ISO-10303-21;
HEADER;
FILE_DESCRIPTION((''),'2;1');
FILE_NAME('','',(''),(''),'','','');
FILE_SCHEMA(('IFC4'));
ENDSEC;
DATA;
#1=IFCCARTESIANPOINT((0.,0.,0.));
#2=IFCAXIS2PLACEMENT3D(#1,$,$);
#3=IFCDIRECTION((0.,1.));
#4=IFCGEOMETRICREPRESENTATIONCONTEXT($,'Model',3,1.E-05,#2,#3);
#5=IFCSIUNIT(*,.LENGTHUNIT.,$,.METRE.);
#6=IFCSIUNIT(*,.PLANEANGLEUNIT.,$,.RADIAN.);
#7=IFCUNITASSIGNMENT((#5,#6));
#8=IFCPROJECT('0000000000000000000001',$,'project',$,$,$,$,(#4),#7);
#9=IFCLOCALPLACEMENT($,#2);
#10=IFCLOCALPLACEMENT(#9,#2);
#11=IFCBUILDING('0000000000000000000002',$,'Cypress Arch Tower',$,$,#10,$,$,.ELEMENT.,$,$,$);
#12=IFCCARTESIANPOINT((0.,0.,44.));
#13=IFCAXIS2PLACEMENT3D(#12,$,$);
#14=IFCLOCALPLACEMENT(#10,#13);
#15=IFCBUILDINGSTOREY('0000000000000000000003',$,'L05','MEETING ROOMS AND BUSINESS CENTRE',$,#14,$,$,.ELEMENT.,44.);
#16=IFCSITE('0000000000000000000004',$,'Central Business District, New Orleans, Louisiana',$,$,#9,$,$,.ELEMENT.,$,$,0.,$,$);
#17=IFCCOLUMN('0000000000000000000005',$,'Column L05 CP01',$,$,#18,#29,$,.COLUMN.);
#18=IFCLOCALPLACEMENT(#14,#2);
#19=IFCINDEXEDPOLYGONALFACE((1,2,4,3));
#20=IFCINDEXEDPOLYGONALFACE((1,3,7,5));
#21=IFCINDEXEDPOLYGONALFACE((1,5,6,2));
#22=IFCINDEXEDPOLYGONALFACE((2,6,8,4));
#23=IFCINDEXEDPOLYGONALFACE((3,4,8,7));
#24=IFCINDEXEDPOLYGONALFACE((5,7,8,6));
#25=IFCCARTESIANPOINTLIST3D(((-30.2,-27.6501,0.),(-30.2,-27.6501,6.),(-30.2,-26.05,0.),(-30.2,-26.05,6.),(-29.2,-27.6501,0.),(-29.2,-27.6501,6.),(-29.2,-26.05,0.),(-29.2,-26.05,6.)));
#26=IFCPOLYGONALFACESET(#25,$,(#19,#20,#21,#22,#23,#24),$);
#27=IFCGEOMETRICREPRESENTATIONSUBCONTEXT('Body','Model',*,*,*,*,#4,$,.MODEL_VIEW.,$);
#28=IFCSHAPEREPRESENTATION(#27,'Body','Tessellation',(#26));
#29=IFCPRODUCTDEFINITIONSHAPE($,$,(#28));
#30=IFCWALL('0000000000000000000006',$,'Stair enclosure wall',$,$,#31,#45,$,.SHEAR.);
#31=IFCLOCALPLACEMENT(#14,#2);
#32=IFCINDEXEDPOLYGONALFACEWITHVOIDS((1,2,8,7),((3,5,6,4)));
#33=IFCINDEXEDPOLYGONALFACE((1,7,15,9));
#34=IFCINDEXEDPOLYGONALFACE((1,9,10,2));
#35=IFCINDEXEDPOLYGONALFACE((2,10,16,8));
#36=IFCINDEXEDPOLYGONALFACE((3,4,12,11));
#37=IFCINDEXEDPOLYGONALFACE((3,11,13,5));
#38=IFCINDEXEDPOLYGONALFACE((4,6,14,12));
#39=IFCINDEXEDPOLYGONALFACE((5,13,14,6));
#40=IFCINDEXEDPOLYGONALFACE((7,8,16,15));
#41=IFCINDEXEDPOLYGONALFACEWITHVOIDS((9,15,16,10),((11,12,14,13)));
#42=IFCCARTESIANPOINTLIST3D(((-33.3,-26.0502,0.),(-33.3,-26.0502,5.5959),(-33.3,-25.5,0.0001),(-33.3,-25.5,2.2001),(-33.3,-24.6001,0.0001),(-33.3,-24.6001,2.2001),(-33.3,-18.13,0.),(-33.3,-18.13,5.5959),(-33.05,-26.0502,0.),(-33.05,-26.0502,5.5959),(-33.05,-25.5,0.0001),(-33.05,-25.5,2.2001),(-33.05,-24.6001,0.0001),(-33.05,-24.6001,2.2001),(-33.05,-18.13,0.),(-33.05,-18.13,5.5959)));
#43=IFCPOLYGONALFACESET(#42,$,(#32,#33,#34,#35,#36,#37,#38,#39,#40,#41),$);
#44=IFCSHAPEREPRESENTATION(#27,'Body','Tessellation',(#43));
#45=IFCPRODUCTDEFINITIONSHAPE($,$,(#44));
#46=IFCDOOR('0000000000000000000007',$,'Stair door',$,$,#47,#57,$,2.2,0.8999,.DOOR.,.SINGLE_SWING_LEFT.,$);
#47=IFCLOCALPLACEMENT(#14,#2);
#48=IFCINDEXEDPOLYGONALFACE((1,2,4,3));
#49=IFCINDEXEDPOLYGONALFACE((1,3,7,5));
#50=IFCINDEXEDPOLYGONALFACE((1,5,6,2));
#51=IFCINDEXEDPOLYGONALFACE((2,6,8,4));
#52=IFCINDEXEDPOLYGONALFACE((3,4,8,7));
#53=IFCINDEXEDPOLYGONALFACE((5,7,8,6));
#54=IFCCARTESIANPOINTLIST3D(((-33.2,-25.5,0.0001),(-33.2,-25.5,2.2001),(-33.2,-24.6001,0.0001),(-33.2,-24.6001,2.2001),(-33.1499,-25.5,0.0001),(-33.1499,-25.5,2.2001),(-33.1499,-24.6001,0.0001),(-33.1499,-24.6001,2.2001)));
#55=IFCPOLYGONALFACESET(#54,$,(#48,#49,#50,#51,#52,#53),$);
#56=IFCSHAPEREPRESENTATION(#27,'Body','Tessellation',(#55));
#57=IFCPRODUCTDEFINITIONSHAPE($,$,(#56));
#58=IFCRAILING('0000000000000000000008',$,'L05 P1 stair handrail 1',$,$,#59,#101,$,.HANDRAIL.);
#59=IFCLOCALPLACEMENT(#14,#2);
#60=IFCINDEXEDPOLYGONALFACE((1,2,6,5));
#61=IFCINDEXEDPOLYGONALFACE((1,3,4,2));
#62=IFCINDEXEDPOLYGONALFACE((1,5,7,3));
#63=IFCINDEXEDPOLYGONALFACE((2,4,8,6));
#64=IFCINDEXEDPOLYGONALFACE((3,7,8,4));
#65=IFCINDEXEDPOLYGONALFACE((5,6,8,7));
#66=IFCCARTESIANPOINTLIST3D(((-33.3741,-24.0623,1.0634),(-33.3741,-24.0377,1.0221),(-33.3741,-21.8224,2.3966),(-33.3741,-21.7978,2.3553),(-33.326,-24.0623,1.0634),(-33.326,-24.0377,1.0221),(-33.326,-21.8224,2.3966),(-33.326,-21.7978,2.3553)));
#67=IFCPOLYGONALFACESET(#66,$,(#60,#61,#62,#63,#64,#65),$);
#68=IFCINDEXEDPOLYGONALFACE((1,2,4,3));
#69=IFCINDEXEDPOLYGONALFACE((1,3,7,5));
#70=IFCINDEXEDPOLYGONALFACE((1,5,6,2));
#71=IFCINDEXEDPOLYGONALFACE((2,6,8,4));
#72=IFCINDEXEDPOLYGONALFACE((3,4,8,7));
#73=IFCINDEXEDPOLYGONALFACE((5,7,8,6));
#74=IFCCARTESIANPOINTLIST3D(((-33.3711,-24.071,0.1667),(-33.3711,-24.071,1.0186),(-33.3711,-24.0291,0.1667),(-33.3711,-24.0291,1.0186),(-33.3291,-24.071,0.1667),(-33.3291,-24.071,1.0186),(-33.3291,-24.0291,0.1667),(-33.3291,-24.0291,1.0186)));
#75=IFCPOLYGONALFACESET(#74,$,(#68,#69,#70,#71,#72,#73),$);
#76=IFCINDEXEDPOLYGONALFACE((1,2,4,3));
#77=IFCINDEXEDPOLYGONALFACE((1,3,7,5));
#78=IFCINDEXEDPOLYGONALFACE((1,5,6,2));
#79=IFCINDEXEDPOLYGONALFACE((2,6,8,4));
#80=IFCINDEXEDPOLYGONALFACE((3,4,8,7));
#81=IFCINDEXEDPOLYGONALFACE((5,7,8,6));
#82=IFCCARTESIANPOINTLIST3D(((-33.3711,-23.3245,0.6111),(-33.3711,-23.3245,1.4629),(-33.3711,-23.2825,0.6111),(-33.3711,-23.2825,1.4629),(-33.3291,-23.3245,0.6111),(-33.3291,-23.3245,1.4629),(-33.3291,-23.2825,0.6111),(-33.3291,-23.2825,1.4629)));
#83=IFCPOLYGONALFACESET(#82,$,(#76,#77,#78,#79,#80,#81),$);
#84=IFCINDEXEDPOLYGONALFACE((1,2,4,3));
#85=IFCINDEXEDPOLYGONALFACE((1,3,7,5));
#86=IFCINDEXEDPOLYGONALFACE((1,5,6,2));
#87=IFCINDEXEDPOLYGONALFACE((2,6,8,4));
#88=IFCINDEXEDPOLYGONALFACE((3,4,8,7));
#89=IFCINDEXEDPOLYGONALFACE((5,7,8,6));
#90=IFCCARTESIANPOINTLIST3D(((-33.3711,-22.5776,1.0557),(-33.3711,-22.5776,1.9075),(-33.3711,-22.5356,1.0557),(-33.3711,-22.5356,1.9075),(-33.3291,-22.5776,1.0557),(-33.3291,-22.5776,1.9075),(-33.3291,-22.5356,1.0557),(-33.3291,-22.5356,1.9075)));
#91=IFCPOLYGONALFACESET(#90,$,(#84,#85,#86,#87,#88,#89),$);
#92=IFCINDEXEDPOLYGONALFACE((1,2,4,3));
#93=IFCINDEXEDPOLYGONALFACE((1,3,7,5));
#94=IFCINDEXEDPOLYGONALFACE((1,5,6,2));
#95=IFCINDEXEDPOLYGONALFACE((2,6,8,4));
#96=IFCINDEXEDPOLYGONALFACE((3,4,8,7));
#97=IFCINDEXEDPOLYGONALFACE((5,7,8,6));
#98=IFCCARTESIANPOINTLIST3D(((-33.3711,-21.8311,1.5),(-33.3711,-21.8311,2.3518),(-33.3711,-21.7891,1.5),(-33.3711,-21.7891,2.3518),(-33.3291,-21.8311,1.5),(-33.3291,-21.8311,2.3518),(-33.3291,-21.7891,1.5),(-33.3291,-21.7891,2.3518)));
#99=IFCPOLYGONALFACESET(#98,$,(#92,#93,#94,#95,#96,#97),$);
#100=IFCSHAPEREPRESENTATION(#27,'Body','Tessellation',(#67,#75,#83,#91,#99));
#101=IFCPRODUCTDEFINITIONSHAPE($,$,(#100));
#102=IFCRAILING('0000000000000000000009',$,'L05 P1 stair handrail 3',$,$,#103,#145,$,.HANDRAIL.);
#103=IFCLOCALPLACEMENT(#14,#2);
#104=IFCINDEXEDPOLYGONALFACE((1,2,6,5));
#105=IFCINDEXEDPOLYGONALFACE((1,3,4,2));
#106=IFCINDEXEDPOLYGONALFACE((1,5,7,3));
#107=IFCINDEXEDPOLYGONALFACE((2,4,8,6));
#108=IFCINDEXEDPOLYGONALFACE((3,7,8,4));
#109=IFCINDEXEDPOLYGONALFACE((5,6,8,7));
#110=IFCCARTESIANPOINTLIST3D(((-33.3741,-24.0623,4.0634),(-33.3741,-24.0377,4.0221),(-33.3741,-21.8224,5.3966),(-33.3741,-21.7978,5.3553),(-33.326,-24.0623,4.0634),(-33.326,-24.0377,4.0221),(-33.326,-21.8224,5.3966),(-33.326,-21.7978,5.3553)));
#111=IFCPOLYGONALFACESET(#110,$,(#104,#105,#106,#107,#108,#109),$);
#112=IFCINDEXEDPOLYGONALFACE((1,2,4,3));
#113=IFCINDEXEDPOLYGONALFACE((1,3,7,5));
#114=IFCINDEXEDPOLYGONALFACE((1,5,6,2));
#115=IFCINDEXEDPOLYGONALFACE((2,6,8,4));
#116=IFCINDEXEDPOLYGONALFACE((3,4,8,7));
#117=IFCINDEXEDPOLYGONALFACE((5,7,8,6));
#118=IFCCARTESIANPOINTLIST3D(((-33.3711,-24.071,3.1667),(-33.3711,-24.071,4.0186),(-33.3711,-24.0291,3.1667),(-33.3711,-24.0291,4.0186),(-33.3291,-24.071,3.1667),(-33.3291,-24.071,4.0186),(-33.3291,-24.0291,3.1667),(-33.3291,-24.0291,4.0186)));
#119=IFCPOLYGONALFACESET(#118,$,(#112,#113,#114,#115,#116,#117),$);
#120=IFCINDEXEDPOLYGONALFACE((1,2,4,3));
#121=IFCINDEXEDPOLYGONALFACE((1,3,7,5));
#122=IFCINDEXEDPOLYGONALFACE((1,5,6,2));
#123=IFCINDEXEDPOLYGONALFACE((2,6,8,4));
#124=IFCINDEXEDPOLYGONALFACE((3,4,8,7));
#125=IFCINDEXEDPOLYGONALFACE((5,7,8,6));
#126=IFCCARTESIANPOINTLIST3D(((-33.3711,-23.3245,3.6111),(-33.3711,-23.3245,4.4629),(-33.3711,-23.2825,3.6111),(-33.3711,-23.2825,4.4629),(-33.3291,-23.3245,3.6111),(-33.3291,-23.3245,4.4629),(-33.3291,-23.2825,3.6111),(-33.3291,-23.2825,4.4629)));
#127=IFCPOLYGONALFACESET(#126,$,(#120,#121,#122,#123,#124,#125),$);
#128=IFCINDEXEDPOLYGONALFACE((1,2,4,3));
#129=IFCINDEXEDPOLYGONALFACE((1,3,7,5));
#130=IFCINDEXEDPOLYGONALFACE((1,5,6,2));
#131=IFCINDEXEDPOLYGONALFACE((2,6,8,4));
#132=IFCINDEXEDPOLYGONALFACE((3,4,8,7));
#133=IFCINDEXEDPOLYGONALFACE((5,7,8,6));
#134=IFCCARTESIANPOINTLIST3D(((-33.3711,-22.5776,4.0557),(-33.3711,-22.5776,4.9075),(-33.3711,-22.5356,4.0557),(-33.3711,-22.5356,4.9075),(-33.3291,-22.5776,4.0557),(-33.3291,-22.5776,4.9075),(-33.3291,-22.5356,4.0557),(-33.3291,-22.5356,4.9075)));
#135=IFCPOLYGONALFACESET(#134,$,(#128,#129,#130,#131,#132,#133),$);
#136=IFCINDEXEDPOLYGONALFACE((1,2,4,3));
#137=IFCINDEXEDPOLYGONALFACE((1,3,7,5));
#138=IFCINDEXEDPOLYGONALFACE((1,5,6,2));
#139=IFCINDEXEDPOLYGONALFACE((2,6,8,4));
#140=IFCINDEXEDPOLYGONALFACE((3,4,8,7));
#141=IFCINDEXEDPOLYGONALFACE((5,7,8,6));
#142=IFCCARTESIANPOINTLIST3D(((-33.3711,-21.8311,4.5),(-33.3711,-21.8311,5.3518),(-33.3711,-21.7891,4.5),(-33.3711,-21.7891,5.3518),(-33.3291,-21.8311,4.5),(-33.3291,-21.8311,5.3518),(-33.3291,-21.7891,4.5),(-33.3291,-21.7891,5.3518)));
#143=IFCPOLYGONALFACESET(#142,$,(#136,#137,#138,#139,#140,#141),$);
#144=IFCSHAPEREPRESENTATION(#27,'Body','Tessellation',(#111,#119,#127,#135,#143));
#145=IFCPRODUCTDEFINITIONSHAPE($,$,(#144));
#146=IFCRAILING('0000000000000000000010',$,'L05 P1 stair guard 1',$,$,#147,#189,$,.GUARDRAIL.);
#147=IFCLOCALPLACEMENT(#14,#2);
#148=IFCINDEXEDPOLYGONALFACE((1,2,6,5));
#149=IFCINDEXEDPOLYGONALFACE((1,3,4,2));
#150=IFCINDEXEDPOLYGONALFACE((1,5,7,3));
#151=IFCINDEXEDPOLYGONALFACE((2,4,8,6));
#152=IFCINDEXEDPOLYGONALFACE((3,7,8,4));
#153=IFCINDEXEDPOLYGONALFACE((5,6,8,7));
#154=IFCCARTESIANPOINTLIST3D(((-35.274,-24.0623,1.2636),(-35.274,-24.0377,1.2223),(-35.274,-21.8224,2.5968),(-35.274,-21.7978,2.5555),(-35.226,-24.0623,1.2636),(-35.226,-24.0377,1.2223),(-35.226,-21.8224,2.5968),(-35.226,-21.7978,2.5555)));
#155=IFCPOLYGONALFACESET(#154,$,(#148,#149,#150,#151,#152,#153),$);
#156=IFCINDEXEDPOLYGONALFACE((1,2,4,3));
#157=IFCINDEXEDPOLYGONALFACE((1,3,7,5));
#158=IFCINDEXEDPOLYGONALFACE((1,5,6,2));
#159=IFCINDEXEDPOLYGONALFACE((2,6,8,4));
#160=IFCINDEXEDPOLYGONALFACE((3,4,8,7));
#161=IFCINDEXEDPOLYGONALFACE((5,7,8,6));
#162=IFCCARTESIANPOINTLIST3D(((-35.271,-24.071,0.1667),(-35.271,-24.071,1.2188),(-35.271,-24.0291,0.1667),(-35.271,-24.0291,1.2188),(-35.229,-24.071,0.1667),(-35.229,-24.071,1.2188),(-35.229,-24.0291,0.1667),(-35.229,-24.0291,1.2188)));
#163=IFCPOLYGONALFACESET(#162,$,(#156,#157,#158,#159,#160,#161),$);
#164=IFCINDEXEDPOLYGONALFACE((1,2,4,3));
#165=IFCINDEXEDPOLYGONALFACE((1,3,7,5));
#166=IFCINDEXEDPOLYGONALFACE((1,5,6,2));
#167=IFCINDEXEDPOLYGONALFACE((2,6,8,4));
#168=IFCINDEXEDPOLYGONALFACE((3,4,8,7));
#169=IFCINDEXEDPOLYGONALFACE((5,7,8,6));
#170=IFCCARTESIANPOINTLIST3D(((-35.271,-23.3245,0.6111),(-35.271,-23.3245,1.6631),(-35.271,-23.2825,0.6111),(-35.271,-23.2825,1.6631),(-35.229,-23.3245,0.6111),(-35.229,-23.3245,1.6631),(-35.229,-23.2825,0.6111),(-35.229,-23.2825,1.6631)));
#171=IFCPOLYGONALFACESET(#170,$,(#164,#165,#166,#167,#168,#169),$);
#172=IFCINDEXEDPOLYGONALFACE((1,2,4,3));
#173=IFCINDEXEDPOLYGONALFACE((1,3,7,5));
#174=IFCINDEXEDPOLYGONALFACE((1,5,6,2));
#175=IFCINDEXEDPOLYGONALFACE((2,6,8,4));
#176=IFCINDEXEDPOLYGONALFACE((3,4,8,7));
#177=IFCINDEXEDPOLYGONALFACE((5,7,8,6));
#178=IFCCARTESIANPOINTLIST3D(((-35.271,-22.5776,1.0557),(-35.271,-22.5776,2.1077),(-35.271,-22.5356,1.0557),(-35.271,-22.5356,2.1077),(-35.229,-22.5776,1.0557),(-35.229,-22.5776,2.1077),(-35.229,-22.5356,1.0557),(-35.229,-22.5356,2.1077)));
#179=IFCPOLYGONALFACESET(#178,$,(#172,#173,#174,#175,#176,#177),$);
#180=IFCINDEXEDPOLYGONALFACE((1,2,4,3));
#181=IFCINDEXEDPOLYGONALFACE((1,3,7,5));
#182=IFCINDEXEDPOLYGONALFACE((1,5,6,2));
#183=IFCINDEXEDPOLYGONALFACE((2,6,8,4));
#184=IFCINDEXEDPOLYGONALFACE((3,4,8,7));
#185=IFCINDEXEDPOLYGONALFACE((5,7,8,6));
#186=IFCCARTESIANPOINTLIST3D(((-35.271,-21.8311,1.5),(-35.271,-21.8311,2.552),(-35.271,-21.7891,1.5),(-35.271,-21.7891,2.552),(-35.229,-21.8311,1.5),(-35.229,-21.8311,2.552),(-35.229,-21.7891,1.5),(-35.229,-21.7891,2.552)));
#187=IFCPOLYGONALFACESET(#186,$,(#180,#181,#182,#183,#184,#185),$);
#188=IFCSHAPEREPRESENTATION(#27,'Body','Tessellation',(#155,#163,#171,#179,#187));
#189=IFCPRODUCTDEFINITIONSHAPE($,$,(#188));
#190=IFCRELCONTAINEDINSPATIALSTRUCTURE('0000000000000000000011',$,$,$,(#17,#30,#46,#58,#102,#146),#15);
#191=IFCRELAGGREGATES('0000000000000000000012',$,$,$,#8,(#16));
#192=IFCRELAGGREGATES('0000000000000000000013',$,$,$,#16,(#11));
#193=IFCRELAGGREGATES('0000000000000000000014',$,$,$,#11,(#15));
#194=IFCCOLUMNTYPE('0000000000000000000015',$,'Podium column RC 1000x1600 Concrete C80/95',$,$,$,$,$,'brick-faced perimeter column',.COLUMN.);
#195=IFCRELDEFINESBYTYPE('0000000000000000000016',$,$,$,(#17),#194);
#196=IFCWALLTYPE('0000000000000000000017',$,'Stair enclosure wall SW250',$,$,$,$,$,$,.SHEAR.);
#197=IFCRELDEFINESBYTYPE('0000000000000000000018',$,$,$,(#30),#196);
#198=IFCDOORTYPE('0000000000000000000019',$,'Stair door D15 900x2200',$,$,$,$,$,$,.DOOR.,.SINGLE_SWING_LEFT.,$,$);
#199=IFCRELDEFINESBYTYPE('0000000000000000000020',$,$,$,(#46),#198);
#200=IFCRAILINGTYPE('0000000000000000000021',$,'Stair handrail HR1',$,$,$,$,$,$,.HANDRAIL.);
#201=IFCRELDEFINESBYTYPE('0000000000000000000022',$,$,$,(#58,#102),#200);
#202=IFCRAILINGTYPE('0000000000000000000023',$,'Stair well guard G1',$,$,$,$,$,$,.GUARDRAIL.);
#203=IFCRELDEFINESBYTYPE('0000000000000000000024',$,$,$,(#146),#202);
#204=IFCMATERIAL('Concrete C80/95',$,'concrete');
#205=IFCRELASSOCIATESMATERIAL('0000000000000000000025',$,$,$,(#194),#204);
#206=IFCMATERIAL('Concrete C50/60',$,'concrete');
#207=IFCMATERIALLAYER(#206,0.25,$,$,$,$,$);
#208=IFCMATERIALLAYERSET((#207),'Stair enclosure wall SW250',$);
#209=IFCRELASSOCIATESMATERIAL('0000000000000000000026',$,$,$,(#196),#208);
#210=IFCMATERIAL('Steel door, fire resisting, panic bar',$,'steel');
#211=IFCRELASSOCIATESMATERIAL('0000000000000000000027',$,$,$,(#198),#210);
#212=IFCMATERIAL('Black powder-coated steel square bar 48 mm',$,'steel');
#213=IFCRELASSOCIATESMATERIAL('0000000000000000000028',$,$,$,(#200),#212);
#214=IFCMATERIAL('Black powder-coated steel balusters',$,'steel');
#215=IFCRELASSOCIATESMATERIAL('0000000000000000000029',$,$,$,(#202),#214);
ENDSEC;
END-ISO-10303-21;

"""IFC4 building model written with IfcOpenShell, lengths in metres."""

from ifc_helpers import new_model, si_unit, direction, frame, frame_2d, origin, origin_2d, place, context, subcontext, project, spatial, rectangle, extrude, material, layer, layer_set, material_profile, profile_set, type_object, element, fill, save


model = new_model("IFC4")

# Units and contexts
model_context = context("Model", 3, precision=1e-05, world=origin(), true_north=direction((0.0, 1.0)))
body_context = subcontext(model_context, "Body", "Model", "MODEL_VIEW")
ifc_project = project(units=[si_unit("LENGTHUNIT", "METRE"), si_unit("PLANEANGLEUNIT", "RADIAN")], contexts=[model_context])

# Site, building, storey
site_placement = place(None, origin())
site = spatial("IfcSite", under=ifc_project, at=site_placement, Name="Central Business District, New Orleans, Louisiana", CompositionType="ELEMENT", RefElevation=0.0)
building_placement = place(site_placement, origin())
building = spatial("IfcBuilding", under=site, at=building_placement, Name="Cypress Arch Tower", CompositionType="ELEMENT")
storey_placement = place(building_placement, frame((0.0, 0.0, 44.0)))
storey = spatial("IfcBuildingStorey", under=building, at=storey_placement, Name="L05", Description="MEETING ROOMS AND BUSINESS CENTRE", CompositionType="ELEMENT", Elevation=44.0)

# Column
ifc_material_1 = material(Name="Concrete C80/95", Category="concrete")
ifc_material_profile = material_profile(ifc_material_1, rectangle(XDim=1.0, YDim=1.6001, at=origin_2d()), Name="RC 1000x1600")
ifc_profile_set = profile_set([ifc_material_profile], Name="Concrete C80/95")
column_type = type_object("IfcColumnType", Name="Podium column RC 1000x1600 Concrete C80/95", ElementType="brick-faced perimeter column", PredefinedType="COLUMN", material=ifc_profile_set)
column_placement = place(storey_placement, frame((-29.7, -26.8501, 0.0), z_axis=(0.0, 0.0, 1.0), x_axis=(1.0, 0.0, 0.0)))
element("IfcColumn", 1, at=column_placement, inside=storey, type_object=column_type, Name="Column L05 CP01", PredefinedType="COLUMN", context=body_context, shape_type="SweptSolid", body=[
    extrude(rectangle(XDim=1.0, YDim=1.6001, at=origin_2d()), origin(), (0.0, 0.0, 1.0), 6.0),
])

# Wall, opening, door
ifc_material_2 = material(Name="Concrete C50/60", Category="concrete")
ifc_layer_1 = layer(ifc_material_2, 0.25)
ifc_layer_set_1 = layer_set([ifc_layer_1], Name="Stair enclosure wall SW250")
wall_type_1 = type_object("IfcWallType", Name="Stair enclosure wall SW250", PredefinedType="SHEAR", material=ifc_layer_set_1)
wall_1_placement = place(storey_placement, frame((-33.175, -26.05, 0.0), z_axis=(0.0, 0.0, 1.0), x_axis=(0.0, 1.0, 0.0)))
wall_1 = element("IfcWall", 2, at=wall_1_placement, inside=storey, type_object=wall_type_1, Name="Stair enclosure wall", PredefinedType="SHEAR", context=body_context, shape_type="SweptSolid", body=[
    extrude(rectangle(XDim=7.9202, YDim=0.25, at=frame_2d((3.96, 0.0))), origin(), (0.0, 0.0, 1.0), 5.5959),
])
opening_1_placement = place(wall_1_placement, frame((0.55, 0.0, 0.0)))
opening_1 = element("IfcOpeningElement", 3, at=opening_1_placement, cuts=wall_1, PredefinedType="OPENING", context=body_context, shape_type="SweptSolid", body=[
    extrude(rectangle(XDim=0.8999, YDim=2.2, at=frame_2d((0.45, 1.1001))), frame((0.0, 0.135, 0.0), z_axis=(0.0, -1.0, 0.0), x_axis=(1.0, 0.0, 0.0)), (0.0, 0.0, 1.0), 0.27),
])
ifc_material_3 = material(Name="Steel door, fire resisting, panic bar", Category="steel")
door_type = type_object("IfcDoorType", Name="Stair door D15 900x2200", OperationType="SINGLE_SWING_LEFT", PredefinedType="DOOR", material=ifc_material_3)
door_placement = place(opening_1_placement, origin())
door = element("IfcDoor", 4, at=door_placement, inside=storey, type_object=door_type, Name="Stair door", OperationType="SINGLE_SWING_LEFT", OverallHeight=2.2, OverallWidth=0.8999, PredefinedType="DOOR", context=body_context, shape_type="SweptSolid", body=[
    extrude(rectangle(XDim=0.8999, YDim=2.2, at=frame_2d((0.45, 1.1001))), frame((0.0, 0.0249, 0.0), z_axis=(0.0, -1.0, 0.0), x_axis=(1.0, 0.0, 0.0)), (0.0, 0.0, 1.0), 0.05),
])
fill(opening_1, door)

# Railings
ifc_material_4 = material(Name="Black powder-coated steel square bar 48 mm", Category="steel")
railing_type_1 = type_object("IfcRailingType", Name="Stair handrail HR1", PredefinedType="HANDRAIL", material=ifc_material_4)
for number, where, name in (
    (5, (-33.3501, -24.05, 0.1667), "L05 P1 stair handrail 1"),
    (6, (-33.3501, -24.05, 3.1667), "L05 P1 stair handrail 3"),
):
    element("IfcRailing", number, at=place(storey_placement, frame(where)), inside=storey, type_object=railing_type_1, Name=name, PredefinedType="HANDRAIL", context=body_context, shape_type="SweptSolid", body=[
        extrude(rectangle(XDim=0.0481, YDim=0.0481, at=origin_2d()), frame((0.0, 0.0, 0.876), z_axis=(0.0, 0.859306, 0.511462), x_axis=(-1.0, 0.0, 0.0)), (0.0, 0.0, 1.0), 2.6067),
        extrude(rectangle(XDim=0.042, YDim=0.042, at=origin_2d()), origin(), (0.0, 0.0, 1.0), 0.8518),
        extrude(rectangle(XDim=0.042, YDim=0.042, at=origin_2d()), frame((0.0, 0.7466, 0.4443)), (0.0, 0.0, 1.0), 0.8518),
        extrude(rectangle(XDim=0.042, YDim=0.042, at=origin_2d()), frame((0.0, 1.4934, 0.8889)), (0.0, 0.0, 1.0), 0.8518),
        extrude(rectangle(XDim=0.042, YDim=0.042, at=origin_2d()), frame((0.0, 2.24, 1.3333)), (0.0, 0.0, 1.0), 0.8518),
    ])
ifc_material_5 = material(Name="Black powder-coated steel balusters", Category="steel")
railing_type_2 = type_object("IfcRailingType", Name="Stair well guard G1", PredefinedType="GUARDRAIL", material=ifc_material_5)
railing_1_placement = place(storey_placement, frame((-35.25, -24.05, 0.1667)))
element("IfcRailing", 7, at=railing_1_placement, inside=storey, type_object=railing_type_2, Name="L05 P1 stair guard 1", PredefinedType="GUARDRAIL", context=body_context, shape_type="SweptSolid", body=[
    extrude(rectangle(XDim=0.0481, YDim=0.0481, at=origin_2d()), frame((0.0, 0.0, 1.0762), z_axis=(0.0, 0.859306, 0.511462), x_axis=(-1.0, 0.0, 0.0)), (0.0, 0.0, 1.0), 2.6067),
    extrude(rectangle(XDim=0.042, YDim=0.042, at=origin_2d()), origin(), (0.0, 0.0, 1.0), 1.052),
    extrude(rectangle(XDim=0.042, YDim=0.042, at=origin_2d()), frame((0.0, 0.7466, 0.4443)), (0.0, 0.0, 1.0), 1.052),
    extrude(rectangle(XDim=0.042, YDim=0.042, at=origin_2d()), frame((0.0, 1.4934, 0.8889)), (0.0, 0.0, 1.0), 1.052),
    extrude(rectangle(XDim=0.042, YDim=0.042, at=origin_2d()), frame((0.0, 2.24, 1.3333)), (0.0, 0.0, 1.0), 1.052),
])

save(model, "model.ifc")
